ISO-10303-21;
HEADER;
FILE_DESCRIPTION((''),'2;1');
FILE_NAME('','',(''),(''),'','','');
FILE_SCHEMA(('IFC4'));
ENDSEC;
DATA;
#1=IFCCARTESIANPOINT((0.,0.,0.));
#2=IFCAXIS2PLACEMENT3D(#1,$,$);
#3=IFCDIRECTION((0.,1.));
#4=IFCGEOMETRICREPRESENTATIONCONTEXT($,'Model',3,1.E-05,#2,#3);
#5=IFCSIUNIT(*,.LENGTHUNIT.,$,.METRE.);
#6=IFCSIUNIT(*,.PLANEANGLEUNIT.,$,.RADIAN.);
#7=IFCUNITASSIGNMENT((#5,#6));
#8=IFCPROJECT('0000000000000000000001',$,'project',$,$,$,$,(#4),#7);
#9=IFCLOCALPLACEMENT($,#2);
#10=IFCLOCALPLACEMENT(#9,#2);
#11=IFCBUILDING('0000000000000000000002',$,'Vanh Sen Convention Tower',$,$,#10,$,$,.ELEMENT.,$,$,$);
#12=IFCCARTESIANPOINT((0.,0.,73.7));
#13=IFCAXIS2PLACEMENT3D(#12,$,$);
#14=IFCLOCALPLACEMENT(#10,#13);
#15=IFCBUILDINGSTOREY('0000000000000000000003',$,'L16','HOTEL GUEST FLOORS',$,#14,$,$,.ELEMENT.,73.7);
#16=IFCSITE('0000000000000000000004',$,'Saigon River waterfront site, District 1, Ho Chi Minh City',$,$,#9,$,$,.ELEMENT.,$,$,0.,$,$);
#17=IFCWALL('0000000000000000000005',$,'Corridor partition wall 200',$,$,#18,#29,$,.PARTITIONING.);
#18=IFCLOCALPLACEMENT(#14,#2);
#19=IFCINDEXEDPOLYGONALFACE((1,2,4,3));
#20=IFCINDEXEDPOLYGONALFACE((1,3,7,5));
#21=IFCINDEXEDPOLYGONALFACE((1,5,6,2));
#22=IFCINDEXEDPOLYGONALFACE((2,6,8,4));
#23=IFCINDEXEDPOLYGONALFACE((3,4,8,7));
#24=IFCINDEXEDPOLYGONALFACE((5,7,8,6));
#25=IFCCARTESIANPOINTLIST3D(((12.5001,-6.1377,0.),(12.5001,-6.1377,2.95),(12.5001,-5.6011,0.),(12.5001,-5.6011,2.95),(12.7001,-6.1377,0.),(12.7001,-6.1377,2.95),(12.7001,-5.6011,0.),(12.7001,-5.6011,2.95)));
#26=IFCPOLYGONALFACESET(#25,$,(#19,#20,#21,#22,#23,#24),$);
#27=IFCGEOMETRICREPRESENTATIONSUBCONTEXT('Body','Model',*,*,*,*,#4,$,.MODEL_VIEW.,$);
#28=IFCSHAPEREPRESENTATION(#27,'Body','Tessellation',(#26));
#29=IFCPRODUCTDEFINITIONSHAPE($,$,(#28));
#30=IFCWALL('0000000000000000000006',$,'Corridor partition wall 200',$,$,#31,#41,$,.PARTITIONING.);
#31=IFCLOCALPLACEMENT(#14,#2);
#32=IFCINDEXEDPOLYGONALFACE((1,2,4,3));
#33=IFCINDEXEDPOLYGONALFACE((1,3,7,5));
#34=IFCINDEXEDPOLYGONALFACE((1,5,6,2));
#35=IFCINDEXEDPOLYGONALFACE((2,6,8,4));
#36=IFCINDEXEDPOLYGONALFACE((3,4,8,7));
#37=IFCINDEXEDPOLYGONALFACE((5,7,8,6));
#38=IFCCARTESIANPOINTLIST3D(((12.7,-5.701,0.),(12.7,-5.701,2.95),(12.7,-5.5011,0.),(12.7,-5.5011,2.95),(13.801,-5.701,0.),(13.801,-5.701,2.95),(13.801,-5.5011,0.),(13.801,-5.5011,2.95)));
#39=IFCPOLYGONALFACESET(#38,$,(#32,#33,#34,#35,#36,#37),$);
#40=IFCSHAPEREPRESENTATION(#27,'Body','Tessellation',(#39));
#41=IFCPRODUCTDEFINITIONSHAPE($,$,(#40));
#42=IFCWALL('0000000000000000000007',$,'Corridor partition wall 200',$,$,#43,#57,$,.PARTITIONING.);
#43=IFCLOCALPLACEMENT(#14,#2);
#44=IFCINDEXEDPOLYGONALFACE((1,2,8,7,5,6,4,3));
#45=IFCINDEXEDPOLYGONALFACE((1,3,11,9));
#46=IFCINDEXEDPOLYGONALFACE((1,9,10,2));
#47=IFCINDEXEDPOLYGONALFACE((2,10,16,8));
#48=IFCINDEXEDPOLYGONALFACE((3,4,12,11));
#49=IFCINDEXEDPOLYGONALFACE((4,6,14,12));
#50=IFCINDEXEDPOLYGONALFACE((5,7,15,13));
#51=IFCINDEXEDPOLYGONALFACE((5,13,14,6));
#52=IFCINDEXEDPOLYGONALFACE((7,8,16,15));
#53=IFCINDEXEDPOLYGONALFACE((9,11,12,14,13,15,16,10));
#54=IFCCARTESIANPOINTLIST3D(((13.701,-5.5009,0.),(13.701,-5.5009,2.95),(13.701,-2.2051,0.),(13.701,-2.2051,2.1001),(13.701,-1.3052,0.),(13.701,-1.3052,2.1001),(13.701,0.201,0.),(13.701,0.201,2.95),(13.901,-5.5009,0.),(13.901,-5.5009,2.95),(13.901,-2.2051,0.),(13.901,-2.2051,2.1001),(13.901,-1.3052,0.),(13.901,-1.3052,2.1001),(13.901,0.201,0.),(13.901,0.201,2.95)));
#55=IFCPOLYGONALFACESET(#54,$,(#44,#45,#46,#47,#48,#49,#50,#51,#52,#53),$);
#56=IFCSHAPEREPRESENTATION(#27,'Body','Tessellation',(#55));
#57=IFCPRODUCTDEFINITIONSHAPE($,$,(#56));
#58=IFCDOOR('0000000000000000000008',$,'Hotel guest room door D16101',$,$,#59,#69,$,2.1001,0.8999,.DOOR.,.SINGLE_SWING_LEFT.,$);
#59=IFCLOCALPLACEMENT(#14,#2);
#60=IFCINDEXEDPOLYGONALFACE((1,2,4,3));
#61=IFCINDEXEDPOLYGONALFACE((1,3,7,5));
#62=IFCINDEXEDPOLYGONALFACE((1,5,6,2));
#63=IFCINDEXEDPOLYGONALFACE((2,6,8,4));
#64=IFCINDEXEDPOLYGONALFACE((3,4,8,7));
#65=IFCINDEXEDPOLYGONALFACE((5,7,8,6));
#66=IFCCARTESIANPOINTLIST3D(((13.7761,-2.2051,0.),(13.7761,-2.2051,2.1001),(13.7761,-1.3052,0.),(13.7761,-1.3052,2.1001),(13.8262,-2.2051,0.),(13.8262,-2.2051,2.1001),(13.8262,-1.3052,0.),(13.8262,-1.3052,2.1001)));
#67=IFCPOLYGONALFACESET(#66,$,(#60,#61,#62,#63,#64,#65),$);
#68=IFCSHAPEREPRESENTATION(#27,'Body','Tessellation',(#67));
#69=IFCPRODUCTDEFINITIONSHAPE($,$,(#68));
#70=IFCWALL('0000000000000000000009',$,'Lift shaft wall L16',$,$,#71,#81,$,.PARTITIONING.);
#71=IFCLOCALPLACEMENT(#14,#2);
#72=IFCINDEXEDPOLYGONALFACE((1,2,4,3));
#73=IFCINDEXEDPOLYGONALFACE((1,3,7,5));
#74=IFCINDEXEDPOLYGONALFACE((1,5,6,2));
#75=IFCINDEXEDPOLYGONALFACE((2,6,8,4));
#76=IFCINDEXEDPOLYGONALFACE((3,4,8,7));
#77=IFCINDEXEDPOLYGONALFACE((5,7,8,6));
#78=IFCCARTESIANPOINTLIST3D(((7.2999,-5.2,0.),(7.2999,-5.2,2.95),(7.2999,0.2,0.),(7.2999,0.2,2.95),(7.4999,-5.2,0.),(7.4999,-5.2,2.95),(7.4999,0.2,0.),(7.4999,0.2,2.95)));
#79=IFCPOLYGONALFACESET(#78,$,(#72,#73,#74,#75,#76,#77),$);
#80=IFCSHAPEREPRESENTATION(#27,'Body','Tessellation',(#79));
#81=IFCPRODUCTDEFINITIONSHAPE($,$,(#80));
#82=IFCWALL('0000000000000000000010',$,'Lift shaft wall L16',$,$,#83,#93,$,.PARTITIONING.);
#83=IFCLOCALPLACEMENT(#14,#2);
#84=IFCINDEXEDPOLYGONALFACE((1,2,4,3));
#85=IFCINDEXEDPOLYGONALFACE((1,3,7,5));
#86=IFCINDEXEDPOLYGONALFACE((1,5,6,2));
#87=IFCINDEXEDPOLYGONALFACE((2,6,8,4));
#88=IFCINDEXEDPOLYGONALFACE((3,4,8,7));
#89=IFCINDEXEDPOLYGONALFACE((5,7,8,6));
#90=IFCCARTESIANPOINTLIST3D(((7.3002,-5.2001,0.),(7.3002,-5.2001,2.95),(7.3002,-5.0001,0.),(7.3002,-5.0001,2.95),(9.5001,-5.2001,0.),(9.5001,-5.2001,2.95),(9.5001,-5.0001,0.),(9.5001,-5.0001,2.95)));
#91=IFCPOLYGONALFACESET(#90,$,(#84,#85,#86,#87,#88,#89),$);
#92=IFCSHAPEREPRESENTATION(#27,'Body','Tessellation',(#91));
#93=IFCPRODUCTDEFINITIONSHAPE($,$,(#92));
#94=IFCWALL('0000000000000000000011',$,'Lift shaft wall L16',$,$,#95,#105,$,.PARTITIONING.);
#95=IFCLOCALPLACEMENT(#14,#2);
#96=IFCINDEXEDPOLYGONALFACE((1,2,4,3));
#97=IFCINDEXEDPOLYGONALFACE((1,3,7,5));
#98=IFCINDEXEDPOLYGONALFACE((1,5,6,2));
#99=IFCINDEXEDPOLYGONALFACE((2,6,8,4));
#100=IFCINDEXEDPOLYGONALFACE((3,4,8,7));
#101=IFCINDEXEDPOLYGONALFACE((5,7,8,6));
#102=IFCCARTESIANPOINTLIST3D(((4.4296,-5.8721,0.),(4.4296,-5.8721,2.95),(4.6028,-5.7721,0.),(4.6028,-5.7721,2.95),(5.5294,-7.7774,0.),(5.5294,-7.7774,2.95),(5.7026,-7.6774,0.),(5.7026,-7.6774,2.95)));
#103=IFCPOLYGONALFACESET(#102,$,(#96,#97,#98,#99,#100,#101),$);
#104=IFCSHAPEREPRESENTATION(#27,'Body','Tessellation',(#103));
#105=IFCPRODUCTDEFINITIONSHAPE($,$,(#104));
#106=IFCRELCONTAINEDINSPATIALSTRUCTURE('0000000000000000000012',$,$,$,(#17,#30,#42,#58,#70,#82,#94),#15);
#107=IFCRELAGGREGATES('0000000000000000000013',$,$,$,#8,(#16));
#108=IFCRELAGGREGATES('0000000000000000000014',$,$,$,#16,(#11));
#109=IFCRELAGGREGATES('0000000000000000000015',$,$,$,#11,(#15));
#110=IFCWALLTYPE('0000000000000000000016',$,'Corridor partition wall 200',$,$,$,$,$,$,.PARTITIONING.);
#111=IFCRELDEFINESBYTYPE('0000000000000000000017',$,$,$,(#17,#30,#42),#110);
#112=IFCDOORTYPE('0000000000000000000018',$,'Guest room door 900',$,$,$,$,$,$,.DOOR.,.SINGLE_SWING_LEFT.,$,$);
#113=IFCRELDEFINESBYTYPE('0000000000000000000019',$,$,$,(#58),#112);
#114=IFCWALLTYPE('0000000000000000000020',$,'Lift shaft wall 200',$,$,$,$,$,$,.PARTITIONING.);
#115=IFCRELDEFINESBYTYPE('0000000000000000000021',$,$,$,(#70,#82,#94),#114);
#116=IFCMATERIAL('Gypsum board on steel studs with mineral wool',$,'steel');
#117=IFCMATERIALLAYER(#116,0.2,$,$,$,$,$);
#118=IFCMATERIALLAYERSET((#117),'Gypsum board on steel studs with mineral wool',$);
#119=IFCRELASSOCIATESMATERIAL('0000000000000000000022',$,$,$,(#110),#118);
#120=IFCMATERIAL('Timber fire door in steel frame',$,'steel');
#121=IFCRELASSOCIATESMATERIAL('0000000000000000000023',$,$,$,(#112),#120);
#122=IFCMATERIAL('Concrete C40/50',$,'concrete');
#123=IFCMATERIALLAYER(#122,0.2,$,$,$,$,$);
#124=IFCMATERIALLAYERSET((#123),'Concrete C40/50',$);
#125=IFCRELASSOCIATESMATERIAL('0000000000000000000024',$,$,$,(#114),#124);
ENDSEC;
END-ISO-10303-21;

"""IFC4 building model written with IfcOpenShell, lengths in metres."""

from ifc_helpers import new_model, si_unit, direction, frame, frame_2d, origin, place, context, subcontext, project, spatial, rectangle, extrude, material, layer, layer_set, type_object, element, fill, save


model = new_model("IFC4")

# Units and contexts
model_context = context("Model", 3, precision=1e-05, world=origin(), true_north=direction((0.0, 1.0)))
body_context = subcontext(model_context, "Body", "Model", "MODEL_VIEW")
ifc_project = project(units=[si_unit("LENGTHUNIT", "METRE"), si_unit("PLANEANGLEUNIT", "RADIAN")], contexts=[model_context])

# Site, building, storey
site_placement = place(None, origin())
site = spatial("IfcSite", under=ifc_project, at=site_placement, Name="Saigon River waterfront site, District 1, Ho Chi Minh City", CompositionType="ELEMENT", RefElevation=0.0)
building_placement = place(site_placement, origin())
building = spatial("IfcBuilding", under=site, at=building_placement, Name="Vanh Sen Convention Tower", CompositionType="ELEMENT")
storey_placement = place(building_placement, frame((0.0, 0.0, 73.7)))
storey = spatial("IfcBuildingStorey", under=building, at=storey_placement, Name="L16", Description="HOTEL GUEST FLOORS", CompositionType="ELEMENT", Elevation=73.7)

# Shared definitions
ifc_material_1 = material(Name="Gypsum board on steel studs with mineral wool", Category="steel")
ifc_layer_1 = layer(ifc_material_1, 0.2)
ifc_layer_set_1 = layer_set([ifc_layer_1], Name="Gypsum board on steel studs with mineral wool")
wall_type_1 = type_object("IfcWallType", Name="Corridor partition wall 200", PredefinedType="PARTITIONING", material=ifc_layer_set_1)
ifc_material_2 = material(Name="Timber fire door in steel frame", Category="steel")
door_type_1 = type_object("IfcDoorType", Name="Guest room door 900", OperationType="SINGLE_SWING_LEFT", PredefinedType="DOOR", material=ifc_material_2)

# Walls
wall_1_placement = place(storey_placement, frame((12.6001, -6.1377, 0.0), z_axis=(0.0, 0.0, 1.0), x_axis=(0.0, 1.0, 0.0)))
element("IfcWall", 1, at=wall_1_placement, inside=storey, type_object=wall_type_1, Name="Corridor partition wall 200", PredefinedType="PARTITIONING", context=body_context, shape_type="SweptSolid", body=[
    extrude(rectangle(XDim=0.5366, YDim=0.2, at=frame_2d((0.2683, 0.0))), origin(), (0.0, 0.0, 1.0), 2.95),
])
wall_2_placement = place(storey_placement, frame((12.7, -5.6011, 0.0), z_axis=(0.0, 0.0, 1.0), x_axis=(1.0, 0.0, 0.0)))
element("IfcWall", 2, at=wall_2_placement, inside=storey, type_object=wall_type_1, Name="Corridor partition wall 200", PredefinedType="PARTITIONING", context=body_context, shape_type="SweptSolid", body=[
    extrude(rectangle(XDim=1.1011, YDim=0.2, at=frame_2d((0.5505, 0.0))), origin(), (0.0, 0.0, 1.0), 2.95),
])

# Wall, opening, door
wall_3_placement = place(storey_placement, frame((13.801, -5.501, 0.0), z_axis=(0.0, 0.0, 1.0), x_axis=(0.0, 1.0, 0.0)))
wall_3 = element("IfcWall", 3, at=wall_3_placement, inside=storey, type_object=wall_type_1, Name="Corridor partition wall 200", PredefinedType="PARTITIONING", context=body_context, shape_type="SweptSolid", body=[
    extrude(rectangle(XDim=5.7019, YDim=0.2, at=frame_2d((2.8511, 0.0))), origin(), (0.0, 0.0, 1.0), 2.95),
])
opening_1_placement = place(wall_3_placement, frame((3.2959, 0.0, 0.0)))
opening_1 = element("IfcOpeningElement", 4, at=opening_1_placement, cuts=wall_3, PredefinedType="OPENING", context=body_context, shape_type="SweptSolid", body=[
    extrude(rectangle(XDim=0.8999, YDim=2.1001, at=frame_2d((0.45, 1.05))), frame((0.0, 0.1099, 0.0), z_axis=(0.0, -1.0, 0.0), x_axis=(1.0, 0.0, 0.0)), (0.0, 0.0, 1.0), 0.22),
])
door_1_placement = place(opening_1_placement, origin())
door_1 = element("IfcDoor", 5, at=door_1_placement, inside=storey, type_object=door_type_1, Name="Hotel guest room door D16101", OperationType="SINGLE_SWING_LEFT", OverallHeight=2.1001, OverallWidth=0.8999, PredefinedType="DOOR", context=body_context, shape_type="SweptSolid", body=[
    extrude(rectangle(XDim=0.8999, YDim=2.1001, at=frame_2d((0.45, 1.05))), frame((0.0, 0.0249, 0.0), z_axis=(0.0, -1.0, 0.0), x_axis=(1.0, 0.0, 0.0)), (0.0, 0.0, 1.0), 0.05),
])
fill(opening_1, door_1)

# Walls
ifc_material_3 = material(Name="Concrete C40/50", Category="concrete")
ifc_layer_2 = layer(ifc_material_3, 0.2)
ifc_layer_set_2 = layer_set([ifc_layer_2], Name="Concrete C40/50")
wall_type_2 = type_object("IfcWallType", Name="Lift shaft wall 200", PredefinedType="PARTITIONING", material=ifc_layer_set_2)
wall_4_placement = place(storey_placement, frame((7.3999, -5.2, 0.0), z_axis=(0.0, 0.0, 1.0), x_axis=(0.0, 1.0, 0.0)))
element("IfcWall", 6, at=wall_4_placement, inside=storey, type_object=wall_type_2, Name="Lift shaft wall L16", PredefinedType="PARTITIONING", context=body_context, shape_type="SweptSolid", body=[
    extrude(rectangle(XDim=5.3999, YDim=0.2, at=frame_2d((2.7, 0.0))), origin(), (0.0, 0.0, 1.0), 2.95),
])
for number, where, z_axis, x_axis, name in (
    (7, (7.3, -5.1001, 0.0), (0.0, 0.0, 1.0), (1.0, 0.0, 0.0), "Lift shaft wall L16"),
    (8, (4.5161, -5.822, 0.0), (0.0, 0.0, 1.0), (0.499947, -0.866056, 0.0), "Lift shaft wall L16"),
):
    element("IfcWall", number, at=place(storey_placement, frame(where, z_axis=z_axis, x_axis=x_axis)), inside=storey, type_object=wall_type_2, Name=name, PredefinedType="PARTITIONING", context=body_context, shape_type="SweptSolid", body=[
        extrude(rectangle(XDim=2.2, YDim=0.2, at=frame_2d((1.1001, 0.0))), origin(), (0.0, 0.0, 1.0), 2.95),
    ])

save(model, "model.ifc")
